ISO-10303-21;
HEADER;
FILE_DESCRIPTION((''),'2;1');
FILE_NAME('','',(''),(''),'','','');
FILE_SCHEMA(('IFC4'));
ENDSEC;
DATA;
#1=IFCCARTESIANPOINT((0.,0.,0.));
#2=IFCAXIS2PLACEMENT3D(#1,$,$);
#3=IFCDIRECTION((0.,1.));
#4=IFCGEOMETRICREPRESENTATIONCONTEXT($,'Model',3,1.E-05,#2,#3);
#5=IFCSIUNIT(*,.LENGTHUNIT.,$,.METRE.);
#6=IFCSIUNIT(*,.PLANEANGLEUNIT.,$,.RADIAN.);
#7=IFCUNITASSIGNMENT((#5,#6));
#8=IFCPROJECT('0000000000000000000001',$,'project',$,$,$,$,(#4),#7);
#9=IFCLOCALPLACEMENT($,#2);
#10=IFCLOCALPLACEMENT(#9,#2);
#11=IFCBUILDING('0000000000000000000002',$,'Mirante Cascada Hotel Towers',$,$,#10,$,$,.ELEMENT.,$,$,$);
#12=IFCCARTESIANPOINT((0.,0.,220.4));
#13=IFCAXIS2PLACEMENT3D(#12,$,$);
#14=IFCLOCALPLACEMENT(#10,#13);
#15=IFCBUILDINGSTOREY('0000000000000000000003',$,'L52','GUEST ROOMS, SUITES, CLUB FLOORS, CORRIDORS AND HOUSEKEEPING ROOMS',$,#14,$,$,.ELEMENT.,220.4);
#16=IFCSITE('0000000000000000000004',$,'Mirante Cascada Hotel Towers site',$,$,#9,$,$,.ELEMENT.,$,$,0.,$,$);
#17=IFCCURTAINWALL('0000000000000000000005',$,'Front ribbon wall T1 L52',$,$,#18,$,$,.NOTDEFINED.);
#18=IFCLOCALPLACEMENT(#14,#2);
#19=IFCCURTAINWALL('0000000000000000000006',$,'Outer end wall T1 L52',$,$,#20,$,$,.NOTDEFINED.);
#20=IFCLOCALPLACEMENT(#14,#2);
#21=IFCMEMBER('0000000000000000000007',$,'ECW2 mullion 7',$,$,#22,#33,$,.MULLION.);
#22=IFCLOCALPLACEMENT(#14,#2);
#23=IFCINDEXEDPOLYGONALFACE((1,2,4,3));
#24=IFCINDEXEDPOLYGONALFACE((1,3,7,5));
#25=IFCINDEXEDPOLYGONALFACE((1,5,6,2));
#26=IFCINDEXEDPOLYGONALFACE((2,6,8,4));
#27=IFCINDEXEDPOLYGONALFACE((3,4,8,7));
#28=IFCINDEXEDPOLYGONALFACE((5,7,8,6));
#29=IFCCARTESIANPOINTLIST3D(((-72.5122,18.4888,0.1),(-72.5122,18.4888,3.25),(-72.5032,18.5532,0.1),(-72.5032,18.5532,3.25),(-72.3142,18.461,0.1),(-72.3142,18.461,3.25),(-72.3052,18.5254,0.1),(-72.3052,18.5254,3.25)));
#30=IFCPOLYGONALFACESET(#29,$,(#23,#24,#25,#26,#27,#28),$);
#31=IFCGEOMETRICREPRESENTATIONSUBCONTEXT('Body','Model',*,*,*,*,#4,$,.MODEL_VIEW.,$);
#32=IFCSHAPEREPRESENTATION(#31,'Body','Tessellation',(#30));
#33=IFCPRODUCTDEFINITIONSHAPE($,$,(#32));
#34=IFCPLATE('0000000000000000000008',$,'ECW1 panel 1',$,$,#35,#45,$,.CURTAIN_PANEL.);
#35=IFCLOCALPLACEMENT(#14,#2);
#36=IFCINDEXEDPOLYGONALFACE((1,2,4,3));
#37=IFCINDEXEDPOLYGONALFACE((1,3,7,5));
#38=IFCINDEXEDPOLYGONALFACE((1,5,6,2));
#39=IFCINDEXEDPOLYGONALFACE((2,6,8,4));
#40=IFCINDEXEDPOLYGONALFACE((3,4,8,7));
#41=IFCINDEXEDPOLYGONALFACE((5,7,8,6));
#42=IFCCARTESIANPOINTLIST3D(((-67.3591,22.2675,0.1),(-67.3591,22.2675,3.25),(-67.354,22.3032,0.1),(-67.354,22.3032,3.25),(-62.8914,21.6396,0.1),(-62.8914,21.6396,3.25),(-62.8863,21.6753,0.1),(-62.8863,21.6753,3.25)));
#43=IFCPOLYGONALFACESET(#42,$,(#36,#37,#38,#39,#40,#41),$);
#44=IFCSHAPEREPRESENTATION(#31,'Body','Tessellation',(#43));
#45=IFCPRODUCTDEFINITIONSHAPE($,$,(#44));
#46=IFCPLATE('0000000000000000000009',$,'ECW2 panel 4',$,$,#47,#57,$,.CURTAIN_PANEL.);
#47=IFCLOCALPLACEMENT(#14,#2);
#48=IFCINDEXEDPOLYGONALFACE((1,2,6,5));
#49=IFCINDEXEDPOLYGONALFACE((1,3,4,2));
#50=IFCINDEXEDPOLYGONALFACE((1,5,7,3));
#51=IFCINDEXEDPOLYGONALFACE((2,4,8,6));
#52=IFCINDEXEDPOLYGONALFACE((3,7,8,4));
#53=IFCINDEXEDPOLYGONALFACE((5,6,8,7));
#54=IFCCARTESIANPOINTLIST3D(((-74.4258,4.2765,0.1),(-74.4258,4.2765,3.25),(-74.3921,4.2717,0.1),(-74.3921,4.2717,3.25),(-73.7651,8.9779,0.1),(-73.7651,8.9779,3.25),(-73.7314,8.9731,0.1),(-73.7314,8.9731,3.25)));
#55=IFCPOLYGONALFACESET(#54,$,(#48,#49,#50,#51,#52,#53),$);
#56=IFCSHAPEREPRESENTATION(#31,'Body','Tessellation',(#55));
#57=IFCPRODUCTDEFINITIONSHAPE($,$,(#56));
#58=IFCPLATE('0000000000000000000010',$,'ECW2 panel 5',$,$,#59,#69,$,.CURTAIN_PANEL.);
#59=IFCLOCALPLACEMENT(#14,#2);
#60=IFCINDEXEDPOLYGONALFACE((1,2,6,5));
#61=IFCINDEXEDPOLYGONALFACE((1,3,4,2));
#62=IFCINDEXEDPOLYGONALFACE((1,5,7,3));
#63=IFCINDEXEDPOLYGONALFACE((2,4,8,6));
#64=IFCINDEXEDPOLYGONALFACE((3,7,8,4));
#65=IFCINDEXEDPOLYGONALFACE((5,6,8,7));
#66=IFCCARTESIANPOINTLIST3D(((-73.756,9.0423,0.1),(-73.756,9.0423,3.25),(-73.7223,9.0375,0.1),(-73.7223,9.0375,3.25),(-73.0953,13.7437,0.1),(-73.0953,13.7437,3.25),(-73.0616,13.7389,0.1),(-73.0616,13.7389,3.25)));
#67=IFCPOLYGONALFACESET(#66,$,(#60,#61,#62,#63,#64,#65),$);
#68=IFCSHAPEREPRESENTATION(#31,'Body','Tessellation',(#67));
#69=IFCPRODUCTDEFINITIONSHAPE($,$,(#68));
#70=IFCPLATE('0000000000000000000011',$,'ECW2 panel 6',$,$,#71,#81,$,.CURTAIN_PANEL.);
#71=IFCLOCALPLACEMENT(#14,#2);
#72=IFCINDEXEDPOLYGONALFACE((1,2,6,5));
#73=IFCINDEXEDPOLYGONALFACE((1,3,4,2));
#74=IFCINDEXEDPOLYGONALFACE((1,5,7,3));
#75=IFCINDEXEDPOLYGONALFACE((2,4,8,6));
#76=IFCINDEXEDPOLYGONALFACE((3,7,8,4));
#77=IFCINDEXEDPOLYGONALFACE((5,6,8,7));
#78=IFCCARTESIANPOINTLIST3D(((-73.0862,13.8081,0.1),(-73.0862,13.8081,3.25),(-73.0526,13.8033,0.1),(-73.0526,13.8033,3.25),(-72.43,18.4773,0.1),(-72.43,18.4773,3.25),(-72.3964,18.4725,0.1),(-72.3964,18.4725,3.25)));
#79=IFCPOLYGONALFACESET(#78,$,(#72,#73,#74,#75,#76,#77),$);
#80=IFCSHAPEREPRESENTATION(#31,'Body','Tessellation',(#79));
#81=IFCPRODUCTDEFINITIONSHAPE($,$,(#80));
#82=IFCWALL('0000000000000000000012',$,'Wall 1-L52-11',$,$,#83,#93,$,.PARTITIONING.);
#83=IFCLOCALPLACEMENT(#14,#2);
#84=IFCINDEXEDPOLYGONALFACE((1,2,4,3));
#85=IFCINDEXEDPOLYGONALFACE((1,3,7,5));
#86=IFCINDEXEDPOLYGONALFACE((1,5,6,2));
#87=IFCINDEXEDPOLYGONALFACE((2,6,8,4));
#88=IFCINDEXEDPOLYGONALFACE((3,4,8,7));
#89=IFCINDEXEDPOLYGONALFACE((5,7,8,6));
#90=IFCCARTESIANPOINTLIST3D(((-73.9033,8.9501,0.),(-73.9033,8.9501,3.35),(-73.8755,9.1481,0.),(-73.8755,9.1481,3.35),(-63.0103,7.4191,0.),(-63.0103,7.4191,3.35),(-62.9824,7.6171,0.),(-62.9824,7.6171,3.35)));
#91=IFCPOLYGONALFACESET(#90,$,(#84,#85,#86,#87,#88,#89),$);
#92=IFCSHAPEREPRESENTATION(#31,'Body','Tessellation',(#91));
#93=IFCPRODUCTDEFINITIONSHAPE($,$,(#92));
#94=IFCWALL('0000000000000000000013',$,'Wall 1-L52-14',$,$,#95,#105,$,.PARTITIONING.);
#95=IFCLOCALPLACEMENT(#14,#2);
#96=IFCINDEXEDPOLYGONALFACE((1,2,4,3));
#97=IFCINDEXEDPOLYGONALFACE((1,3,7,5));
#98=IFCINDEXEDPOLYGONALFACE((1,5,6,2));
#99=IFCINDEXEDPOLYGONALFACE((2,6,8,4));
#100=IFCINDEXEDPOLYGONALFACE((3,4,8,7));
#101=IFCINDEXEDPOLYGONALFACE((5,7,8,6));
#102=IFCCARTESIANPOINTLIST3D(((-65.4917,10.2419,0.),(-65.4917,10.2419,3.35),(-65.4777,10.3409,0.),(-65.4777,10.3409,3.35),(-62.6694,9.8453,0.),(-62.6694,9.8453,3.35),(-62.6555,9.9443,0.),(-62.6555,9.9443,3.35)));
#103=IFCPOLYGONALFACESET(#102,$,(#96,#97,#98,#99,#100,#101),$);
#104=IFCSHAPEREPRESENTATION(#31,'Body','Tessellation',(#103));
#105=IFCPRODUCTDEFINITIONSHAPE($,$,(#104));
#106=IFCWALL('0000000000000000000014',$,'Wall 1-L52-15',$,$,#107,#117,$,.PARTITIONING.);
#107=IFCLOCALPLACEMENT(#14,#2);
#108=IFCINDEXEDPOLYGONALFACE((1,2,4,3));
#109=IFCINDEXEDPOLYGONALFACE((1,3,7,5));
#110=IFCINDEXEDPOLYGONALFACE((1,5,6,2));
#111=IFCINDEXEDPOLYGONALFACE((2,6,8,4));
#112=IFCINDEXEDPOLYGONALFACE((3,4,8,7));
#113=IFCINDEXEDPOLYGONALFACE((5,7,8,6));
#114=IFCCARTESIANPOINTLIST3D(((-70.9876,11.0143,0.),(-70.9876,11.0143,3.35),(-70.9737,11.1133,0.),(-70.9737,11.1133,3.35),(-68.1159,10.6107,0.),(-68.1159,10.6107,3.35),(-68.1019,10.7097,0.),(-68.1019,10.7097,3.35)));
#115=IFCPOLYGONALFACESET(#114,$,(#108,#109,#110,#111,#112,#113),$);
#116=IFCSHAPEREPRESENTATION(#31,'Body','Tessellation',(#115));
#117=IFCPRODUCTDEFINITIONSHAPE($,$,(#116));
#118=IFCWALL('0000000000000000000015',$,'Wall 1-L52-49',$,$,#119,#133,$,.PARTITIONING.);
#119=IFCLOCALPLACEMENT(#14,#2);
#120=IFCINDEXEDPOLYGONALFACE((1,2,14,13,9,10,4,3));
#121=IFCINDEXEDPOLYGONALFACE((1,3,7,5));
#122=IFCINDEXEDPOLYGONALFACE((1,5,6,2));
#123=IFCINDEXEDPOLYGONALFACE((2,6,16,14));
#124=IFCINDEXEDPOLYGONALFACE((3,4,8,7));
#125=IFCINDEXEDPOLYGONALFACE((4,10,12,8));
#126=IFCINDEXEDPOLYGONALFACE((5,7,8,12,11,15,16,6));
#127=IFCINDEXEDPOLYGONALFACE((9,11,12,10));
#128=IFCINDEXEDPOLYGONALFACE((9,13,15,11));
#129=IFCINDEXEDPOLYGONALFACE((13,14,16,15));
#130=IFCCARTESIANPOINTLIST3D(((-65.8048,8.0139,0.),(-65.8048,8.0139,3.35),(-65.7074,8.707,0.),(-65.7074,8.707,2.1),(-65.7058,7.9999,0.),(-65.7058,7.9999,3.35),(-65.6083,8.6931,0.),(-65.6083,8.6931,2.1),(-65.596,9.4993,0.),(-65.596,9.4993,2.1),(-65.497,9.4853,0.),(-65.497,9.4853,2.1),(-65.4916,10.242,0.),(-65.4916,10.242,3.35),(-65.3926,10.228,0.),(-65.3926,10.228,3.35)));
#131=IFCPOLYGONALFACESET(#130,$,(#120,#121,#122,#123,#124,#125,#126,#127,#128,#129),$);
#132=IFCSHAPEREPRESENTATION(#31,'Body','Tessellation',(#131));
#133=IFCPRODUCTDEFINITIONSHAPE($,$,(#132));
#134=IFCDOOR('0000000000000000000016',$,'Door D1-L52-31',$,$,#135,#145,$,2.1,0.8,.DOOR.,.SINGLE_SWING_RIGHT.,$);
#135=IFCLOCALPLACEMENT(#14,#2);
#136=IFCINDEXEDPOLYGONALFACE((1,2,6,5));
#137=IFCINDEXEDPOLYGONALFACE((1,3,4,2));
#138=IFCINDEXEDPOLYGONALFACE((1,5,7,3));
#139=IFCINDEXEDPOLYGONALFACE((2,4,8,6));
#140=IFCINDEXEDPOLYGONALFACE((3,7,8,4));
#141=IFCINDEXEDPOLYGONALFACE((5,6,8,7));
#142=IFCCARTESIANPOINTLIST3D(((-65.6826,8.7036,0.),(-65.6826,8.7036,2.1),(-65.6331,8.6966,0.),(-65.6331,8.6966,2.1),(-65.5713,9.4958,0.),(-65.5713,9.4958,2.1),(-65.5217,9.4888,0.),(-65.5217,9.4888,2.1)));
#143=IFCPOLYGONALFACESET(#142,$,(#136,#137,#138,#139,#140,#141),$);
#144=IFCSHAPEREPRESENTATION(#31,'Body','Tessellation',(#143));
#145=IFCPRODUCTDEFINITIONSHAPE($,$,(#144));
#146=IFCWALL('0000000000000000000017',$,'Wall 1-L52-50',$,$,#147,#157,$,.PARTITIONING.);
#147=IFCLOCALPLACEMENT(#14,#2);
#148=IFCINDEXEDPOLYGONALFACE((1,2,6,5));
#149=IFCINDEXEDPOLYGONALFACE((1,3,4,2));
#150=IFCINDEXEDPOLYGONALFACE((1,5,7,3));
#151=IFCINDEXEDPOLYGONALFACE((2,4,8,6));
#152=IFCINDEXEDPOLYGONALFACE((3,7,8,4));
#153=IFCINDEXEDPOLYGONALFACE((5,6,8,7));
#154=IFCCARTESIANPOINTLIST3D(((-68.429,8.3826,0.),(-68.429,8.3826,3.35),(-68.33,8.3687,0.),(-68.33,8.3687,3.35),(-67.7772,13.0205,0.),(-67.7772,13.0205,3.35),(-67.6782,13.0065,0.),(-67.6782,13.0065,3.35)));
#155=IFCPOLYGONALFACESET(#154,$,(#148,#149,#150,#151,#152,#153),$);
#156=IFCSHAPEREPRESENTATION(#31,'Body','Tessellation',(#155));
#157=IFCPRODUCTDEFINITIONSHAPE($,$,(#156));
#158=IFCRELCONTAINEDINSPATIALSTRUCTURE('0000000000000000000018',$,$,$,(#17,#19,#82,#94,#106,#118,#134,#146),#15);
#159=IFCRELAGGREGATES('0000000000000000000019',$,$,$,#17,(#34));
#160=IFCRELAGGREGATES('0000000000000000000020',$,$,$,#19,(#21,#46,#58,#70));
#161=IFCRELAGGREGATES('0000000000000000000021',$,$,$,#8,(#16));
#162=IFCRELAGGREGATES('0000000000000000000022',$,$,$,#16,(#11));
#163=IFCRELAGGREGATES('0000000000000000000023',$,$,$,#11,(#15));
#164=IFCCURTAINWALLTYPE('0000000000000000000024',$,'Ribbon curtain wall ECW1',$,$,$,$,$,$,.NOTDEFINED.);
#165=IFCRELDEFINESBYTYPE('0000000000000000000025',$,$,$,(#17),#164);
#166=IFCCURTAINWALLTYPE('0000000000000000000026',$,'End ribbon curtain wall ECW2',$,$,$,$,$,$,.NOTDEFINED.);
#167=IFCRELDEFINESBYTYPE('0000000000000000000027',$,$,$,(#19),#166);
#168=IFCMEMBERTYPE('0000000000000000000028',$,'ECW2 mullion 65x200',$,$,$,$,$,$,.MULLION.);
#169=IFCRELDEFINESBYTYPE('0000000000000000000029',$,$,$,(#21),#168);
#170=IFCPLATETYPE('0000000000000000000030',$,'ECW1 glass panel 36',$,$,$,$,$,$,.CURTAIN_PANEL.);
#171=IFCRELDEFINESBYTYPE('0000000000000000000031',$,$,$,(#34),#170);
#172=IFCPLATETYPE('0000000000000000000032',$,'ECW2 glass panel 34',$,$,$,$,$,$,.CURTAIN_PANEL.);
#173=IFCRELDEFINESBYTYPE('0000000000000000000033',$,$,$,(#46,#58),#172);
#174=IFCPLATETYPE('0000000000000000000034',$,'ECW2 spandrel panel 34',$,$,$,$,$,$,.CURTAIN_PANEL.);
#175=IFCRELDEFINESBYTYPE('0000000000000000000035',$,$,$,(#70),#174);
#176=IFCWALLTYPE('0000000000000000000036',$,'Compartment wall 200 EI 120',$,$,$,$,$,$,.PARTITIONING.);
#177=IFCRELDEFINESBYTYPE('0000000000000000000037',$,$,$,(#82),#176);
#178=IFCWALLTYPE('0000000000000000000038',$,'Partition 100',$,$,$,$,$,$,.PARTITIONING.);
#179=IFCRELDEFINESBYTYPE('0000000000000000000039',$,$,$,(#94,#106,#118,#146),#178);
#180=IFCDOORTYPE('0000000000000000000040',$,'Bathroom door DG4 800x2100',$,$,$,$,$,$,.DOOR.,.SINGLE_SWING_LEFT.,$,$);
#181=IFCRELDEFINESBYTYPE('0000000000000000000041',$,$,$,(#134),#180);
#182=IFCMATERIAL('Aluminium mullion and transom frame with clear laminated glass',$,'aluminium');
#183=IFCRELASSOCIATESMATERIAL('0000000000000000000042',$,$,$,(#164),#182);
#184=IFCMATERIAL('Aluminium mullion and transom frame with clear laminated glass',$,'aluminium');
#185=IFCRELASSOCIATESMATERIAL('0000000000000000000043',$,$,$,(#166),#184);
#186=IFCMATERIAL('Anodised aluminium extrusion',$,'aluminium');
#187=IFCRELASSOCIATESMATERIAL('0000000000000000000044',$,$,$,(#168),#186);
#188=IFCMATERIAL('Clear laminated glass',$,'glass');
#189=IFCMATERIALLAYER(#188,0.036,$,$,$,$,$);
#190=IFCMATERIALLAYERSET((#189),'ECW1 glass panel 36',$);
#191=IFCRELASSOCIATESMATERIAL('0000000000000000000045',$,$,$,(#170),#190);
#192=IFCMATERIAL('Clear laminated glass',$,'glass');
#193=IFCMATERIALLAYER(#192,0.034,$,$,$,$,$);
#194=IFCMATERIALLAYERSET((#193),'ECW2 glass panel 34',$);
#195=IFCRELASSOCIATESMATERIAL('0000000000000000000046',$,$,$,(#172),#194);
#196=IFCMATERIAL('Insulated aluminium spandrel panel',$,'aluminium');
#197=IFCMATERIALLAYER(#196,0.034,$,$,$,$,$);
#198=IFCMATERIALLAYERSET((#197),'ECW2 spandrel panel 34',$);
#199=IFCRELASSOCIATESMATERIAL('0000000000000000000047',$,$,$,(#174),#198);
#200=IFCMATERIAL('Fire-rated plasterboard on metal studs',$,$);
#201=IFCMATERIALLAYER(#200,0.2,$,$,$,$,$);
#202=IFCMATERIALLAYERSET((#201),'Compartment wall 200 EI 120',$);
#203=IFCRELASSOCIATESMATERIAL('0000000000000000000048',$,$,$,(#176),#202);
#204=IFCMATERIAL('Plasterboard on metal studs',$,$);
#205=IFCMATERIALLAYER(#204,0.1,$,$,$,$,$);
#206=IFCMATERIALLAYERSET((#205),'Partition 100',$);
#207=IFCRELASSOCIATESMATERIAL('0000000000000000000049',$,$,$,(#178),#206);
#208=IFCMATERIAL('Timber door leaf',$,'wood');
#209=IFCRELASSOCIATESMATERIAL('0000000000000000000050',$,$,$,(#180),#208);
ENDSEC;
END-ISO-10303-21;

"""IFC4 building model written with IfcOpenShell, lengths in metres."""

from ifc_helpers import new_model, si_unit, direction, frame, frame_2d, origin, origin_2d, place, context, subcontext, project, spatial, rectangle, extrude, material, layer, layer_set, material_profile, profile_set, type_object, element, fill, aggregate, save


model = new_model("IFC4")

# Units and contexts
model_context = context("Model", 3, precision=1e-05, world=origin(), true_north=direction((0.0, 1.0)))
body_context = subcontext(model_context, "Body", "Model", "MODEL_VIEW")
ifc_project = project(units=[si_unit("LENGTHUNIT", "METRE"), si_unit("PLANEANGLEUNIT", "RADIAN")], contexts=[model_context])

# Site, building, storey
site_placement = place(None, origin())
site = spatial("IfcSite", under=ifc_project, at=site_placement, Name="Mirante Cascada Hotel Towers site", CompositionType="ELEMENT", RefElevation=0.0)
building_placement = place(site_placement, origin())
building = spatial("IfcBuilding", under=site, at=building_placement, Name="Mirante Cascada Hotel Towers", CompositionType="ELEMENT")
storey_placement = place(building_placement, frame((0.0, 0.0, 220.4)))
storey = spatial("IfcBuildingStorey", under=building, at=storey_placement, Name="L52", Description="GUEST ROOMS, SUITES, CLUB FLOORS, CORRIDORS AND HOUSEKEEPING ROOMS", CompositionType="ELEMENT", Elevation=220.4)

# Curtain walls, member
ifc_material_1 = material(Name="Aluminium mullion and transom frame with clear laminated glass", Category="aluminium")
curtain_wall_type_1 = type_object("IfcCurtainWallType", Name="Ribbon curtain wall ECW1", PredefinedType="NOTDEFINED", material=ifc_material_1)
curtain_wall_1_placement = place(storey_placement, origin())
curtain_wall_1 = element("IfcCurtainWall", 1, at=curtain_wall_1_placement, inside=storey, type_object=curtain_wall_type_1, Name="Front ribbon wall T1 L52", PredefinedType="NOTDEFINED")
ifc_material_2 = material(Name="Aluminium mullion and transom frame with clear laminated glass", Category="aluminium")
curtain_wall_type_2 = type_object("IfcCurtainWallType", Name="End ribbon curtain wall ECW2", PredefinedType="NOTDEFINED", material=ifc_material_2)
curtain_wall_2_placement = place(storey_placement, origin())
curtain_wall_2 = element("IfcCurtainWall", 2, at=curtain_wall_2_placement, inside=storey, type_object=curtain_wall_type_2, Name="Outer end wall T1 L52", PredefinedType="NOTDEFINED")
ifc_material_3 = material(Name="Anodised aluminium extrusion", Category="aluminium")
ifc_material_profile_1 = material_profile(ifc_material_3, rectangle(XDim=0.2, YDim=0.065, at=origin_2d()), Name="ECW2 MULLION 65x200")
ifc_profile_set_1 = profile_set([ifc_material_profile_1], Name="Anodised aluminium extrusion")
member_type_1 = type_object("IfcMemberType", Name="ECW2 mullion 65x200", PredefinedType="MULLION", material=ifc_profile_set_1)
member_1_placement = place(storey_placement, frame((-72.4087, 18.5071, 0.1), z_axis=(0.0, 0.0, 1.0), x_axis=(-0.990268, 0.139173, 0.0)))
member_1 = element("IfcMember", 3, at=member_1_placement, type_object=member_type_1, Name="ECW2 mullion 7", PredefinedType="MULLION", context=body_context, shape_type="SweptSolid", body=[
    extrude(rectangle(XDim=0.2, YDim=0.065, at=origin_2d()), origin(), (0.0, 0.0, 1.0), 3.15),
])

# Plates
ifc_material_4 = material(Name="Clear laminated glass", Category="glass")
ifc_layer_1 = layer(ifc_material_4, 0.036)
ifc_layer_set_1 = layer_set([ifc_layer_1], Name="ECW1 glass panel 36")
plate_type_1 = type_object("IfcPlateType", Name="ECW1 glass panel 36", PredefinedType="CURTAIN_PANEL", material=ifc_layer_set_1)
plate_1_placement = place(storey_placement, frame((-65.1227, 21.9714, 0.1), z_axis=(0.0, 0.0, 1.0), x_axis=(0.990268, -0.139173, 0.0)))
plate_1 = element("IfcPlate", 4, at=plate_1_placement, type_object=plate_type_1, Name="ECW1 panel 1", PredefinedType="CURTAIN_PANEL", context=body_context, shape_type="SweptSolid", body=[
    extrude(rectangle(XDim=4.5116, YDim=0.036, at=origin_2d()), origin(), (0.0, 0.0, 1.0), 3.15),
])
aggregate(curtain_wall_1, [plate_1])
ifc_material_5 = material(Name="Clear laminated glass", Category="glass")
ifc_layer_2 = layer(ifc_material_5, 0.034)
ifc_layer_set_2 = layer_set([ifc_layer_2], Name="ECW2 glass panel 34")
plate_type_2 = type_object("IfcPlateType", Name="ECW2 glass panel 34", PredefinedType="CURTAIN_PANEL", material=ifc_layer_set_2)
plate_2_placement = place(storey_placement, frame((-74.0786, 6.6248, 0.1), z_axis=(0.0, 0.0, 1.0), x_axis=(0.139173, 0.990268, 0.0)))
plate_2 = element("IfcPlate", 5, at=plate_2_placement, type_object=plate_type_2, Name="ECW2 panel 4", PredefinedType="CURTAIN_PANEL", context=body_context, shape_type="SweptSolid", body=[
    extrude(rectangle(XDim=4.7476, YDim=0.034, at=origin_2d()), origin(), (0.0, 0.0, 1.0), 3.15),
])
plate_3_placement = place(storey_placement, frame((-73.4088, 11.3906, 0.1), z_axis=(0.0, 0.0, 1.0), x_axis=(0.139173, 0.990268, 0.0)))
plate_3 = element("IfcPlate", 6, at=plate_3_placement, type_object=plate_type_2, Name="ECW2 panel 5", PredefinedType="CURTAIN_PANEL", context=body_context, shape_type="SweptSolid", body=[
    extrude(rectangle(XDim=4.7476, YDim=0.034, at=origin_2d()), origin(), (0.0, 0.0, 1.0), 3.15),
])
ifc_material_6 = material(Name="Insulated aluminium spandrel panel", Category="aluminium")
ifc_layer_3 = layer(ifc_material_6, 0.034)
ifc_layer_set_3 = layer_set([ifc_layer_3], Name="ECW2 spandrel panel 34")
plate_type_3 = type_object("IfcPlateType", Name="ECW2 spandrel panel 34", PredefinedType="CURTAIN_PANEL", material=ifc_layer_set_3)
plate_4_placement = place(storey_placement, frame((-72.7413, 16.1403, 0.1), z_axis=(0.0, 0.0, 1.0), x_axis=(0.139173, 0.990268, 0.0)))
plate_4 = element("IfcPlate", 7, at=plate_4_placement, type_object=plate_type_3, Name="ECW2 panel 6", PredefinedType="CURTAIN_PANEL", context=body_context, shape_type="SweptSolid", body=[
    extrude(rectangle(XDim=4.7151, YDim=0.034, at=origin_2d()), origin(), (0.0, 0.0, 1.0), 3.15),
])
aggregate(curtain_wall_2, [member_1, plate_2, plate_3, plate_4])

# Walls
ifc_material_7 = material(Name="Fire-rated plasterboard on metal studs")
ifc_layer_4 = layer(ifc_material_7, 0.2)
ifc_layer_set_4 = layer_set([ifc_layer_4], Name="Compartment wall 200 EI 120")
wall_type_1 = type_object("IfcWallType", Name="Compartment wall 200 EI 120", PredefinedType="PARTITIONING", material=ifc_layer_set_4)
wall_1_placement = place(storey_placement, frame((-62.9964, 7.5181, 0.0), z_axis=(0.0, 0.0, 1.0), x_axis=(-0.990267, 0.139181, 0.0)))
element("IfcWall", 8, at=wall_1_placement, inside=storey, type_object=wall_type_1, Name="Wall 1-L52-11", PredefinedType="PARTITIONING", context=body_context, shape_type="SweptSolid", body=[
    extrude(rectangle(XDim=11.0001, YDim=0.2, at=frame_2d((5.5, 0.0))), origin(), (0.0, 0.0, 1.0), 3.35),
])
ifc_material_8 = material(Name="Plasterboard on metal studs")
ifc_layer_5 = layer(ifc_material_8, 0.1)
ifc_layer_set_5 = layer_set([ifc_layer_5], Name="Partition 100")
wall_type_2 = type_object("IfcWallType", Name="Partition 100", PredefinedType="PARTITIONING", material=ifc_layer_set_5)
wall_2_placement = place(storey_placement, frame((-65.4847, 10.2914, 0.0), z_axis=(0.0, 0.0, 1.0), x_axis=(0.99027, -0.139156, 0.0)))
element("IfcWall", 9, at=wall_2_placement, inside=storey, type_object=wall_type_2, Name="Wall 1-L52-14", PredefinedType="PARTITIONING", context=body_context, shape_type="SweptSolid", body=[
    extrude(rectangle(XDim=2.85, YDim=0.1, at=frame_2d((1.425, 0.0))), origin(), (0.0, 0.0, 1.0), 3.35),
])
wall_3_placement = place(storey_placement, frame((-68.1089, 10.6602, 0.0), z_axis=(0.0, 0.0, 1.0), x_axis=(-0.990268, 0.139171, 0.0)))
element("IfcWall", 10, at=wall_3_placement, inside=storey, type_object=wall_type_2, Name="Wall 1-L52-15", PredefinedType="PARTITIONING", context=body_context, shape_type="SweptSolid", body=[
    extrude(rectangle(XDim=2.9, YDim=0.1, at=frame_2d((1.45, 0.0))), origin(), (0.0, 0.0, 1.0), 3.35),
])

# Wall, opening, door
wall_4_placement = place(storey_placement, frame((-65.7553, 8.0069, 0.0), z_axis=(0.0, 0.0, 1.0), x_axis=(0.1392, 0.990264, 0.0)))
wall_4 = element("IfcWall", 11, at=wall_4_placement, inside=storey, type_object=wall_type_2, Name="Wall 1-L52-49", PredefinedType="PARTITIONING", context=body_context, shape_type="SweptSolid", body=[
    extrude(rectangle(XDim=2.25, YDim=0.1, at=frame_2d((1.125, 0.0))), origin(), (0.0, 0.0, 1.0), 3.35),
])
opening_1_placement = place(wall_4_placement, frame((0.7, 0.0, 0.0)))
opening_1 = element("IfcOpeningElement", 12, at=opening_1_placement, cuts=wall_4, PredefinedType="OPENING", context=body_context, shape_type="SweptSolid", body=[
    extrude(rectangle(XDim=0.8, YDim=2.1, at=frame_2d((0.4, 1.05))), frame((0.0, 0.05, 0.0), z_axis=(0.0, -1.0, 0.0), x_axis=(1.0, 0.0, 0.0)), (0.0, 0.0, 1.0), 0.1),
])
ifc_material_9 = material(Name="Timber door leaf", Category="wood")
door_type = type_object("IfcDoorType", Name="Bathroom door DG4 800x2100", OperationType="SINGLE_SWING_LEFT", PredefinedType="DOOR", material=ifc_material_9)
door_1_placement = place(opening_1_placement, frame((0.8, 0.0, 0.0), z_axis=(0.0, 0.0, 1.0), x_axis=(-1.0, 0.0, 0.0)))
door_1 = element("IfcDoor", 13, at=door_1_placement, inside=storey, type_object=door_type, Name="Door D1-L52-31", OperationType="SINGLE_SWING_RIGHT", OverallHeight=2.1, OverallWidth=0.8, PredefinedType="DOOR", context=body_context, shape_type="SweptSolid", body=[
    extrude(rectangle(XDim=0.8, YDim=2.1, at=frame_2d((0.4, 1.05))), frame((0.0, 0.025, 0.0), z_axis=(0.0, -1.0, 0.0), x_axis=(1.0, 0.0, 0.0)), (0.0, 0.0, 1.0), 0.05),
])
fill(opening_1, door_1)

# Wall
wall_5_placement = place(storey_placement, frame((-67.7277, 13.0135, 0.0), z_axis=(0.0, 0.0, 1.0), x_axis=(-0.139173, -0.990268, 0.0)))
element("IfcWall", 14, at=wall_5_placement, inside=storey, type_object=wall_type_2, Name="Wall 1-L52-50", PredefinedType="PARTITIONING", context=body_context, shape_type="SweptSolid", body=[
    extrude(rectangle(XDim=4.6834, YDim=0.1, at=frame_2d((2.3417, 0.0))), origin(), (0.0, 0.0, 1.0), 3.35),
])

save(model, "model.ifc")
